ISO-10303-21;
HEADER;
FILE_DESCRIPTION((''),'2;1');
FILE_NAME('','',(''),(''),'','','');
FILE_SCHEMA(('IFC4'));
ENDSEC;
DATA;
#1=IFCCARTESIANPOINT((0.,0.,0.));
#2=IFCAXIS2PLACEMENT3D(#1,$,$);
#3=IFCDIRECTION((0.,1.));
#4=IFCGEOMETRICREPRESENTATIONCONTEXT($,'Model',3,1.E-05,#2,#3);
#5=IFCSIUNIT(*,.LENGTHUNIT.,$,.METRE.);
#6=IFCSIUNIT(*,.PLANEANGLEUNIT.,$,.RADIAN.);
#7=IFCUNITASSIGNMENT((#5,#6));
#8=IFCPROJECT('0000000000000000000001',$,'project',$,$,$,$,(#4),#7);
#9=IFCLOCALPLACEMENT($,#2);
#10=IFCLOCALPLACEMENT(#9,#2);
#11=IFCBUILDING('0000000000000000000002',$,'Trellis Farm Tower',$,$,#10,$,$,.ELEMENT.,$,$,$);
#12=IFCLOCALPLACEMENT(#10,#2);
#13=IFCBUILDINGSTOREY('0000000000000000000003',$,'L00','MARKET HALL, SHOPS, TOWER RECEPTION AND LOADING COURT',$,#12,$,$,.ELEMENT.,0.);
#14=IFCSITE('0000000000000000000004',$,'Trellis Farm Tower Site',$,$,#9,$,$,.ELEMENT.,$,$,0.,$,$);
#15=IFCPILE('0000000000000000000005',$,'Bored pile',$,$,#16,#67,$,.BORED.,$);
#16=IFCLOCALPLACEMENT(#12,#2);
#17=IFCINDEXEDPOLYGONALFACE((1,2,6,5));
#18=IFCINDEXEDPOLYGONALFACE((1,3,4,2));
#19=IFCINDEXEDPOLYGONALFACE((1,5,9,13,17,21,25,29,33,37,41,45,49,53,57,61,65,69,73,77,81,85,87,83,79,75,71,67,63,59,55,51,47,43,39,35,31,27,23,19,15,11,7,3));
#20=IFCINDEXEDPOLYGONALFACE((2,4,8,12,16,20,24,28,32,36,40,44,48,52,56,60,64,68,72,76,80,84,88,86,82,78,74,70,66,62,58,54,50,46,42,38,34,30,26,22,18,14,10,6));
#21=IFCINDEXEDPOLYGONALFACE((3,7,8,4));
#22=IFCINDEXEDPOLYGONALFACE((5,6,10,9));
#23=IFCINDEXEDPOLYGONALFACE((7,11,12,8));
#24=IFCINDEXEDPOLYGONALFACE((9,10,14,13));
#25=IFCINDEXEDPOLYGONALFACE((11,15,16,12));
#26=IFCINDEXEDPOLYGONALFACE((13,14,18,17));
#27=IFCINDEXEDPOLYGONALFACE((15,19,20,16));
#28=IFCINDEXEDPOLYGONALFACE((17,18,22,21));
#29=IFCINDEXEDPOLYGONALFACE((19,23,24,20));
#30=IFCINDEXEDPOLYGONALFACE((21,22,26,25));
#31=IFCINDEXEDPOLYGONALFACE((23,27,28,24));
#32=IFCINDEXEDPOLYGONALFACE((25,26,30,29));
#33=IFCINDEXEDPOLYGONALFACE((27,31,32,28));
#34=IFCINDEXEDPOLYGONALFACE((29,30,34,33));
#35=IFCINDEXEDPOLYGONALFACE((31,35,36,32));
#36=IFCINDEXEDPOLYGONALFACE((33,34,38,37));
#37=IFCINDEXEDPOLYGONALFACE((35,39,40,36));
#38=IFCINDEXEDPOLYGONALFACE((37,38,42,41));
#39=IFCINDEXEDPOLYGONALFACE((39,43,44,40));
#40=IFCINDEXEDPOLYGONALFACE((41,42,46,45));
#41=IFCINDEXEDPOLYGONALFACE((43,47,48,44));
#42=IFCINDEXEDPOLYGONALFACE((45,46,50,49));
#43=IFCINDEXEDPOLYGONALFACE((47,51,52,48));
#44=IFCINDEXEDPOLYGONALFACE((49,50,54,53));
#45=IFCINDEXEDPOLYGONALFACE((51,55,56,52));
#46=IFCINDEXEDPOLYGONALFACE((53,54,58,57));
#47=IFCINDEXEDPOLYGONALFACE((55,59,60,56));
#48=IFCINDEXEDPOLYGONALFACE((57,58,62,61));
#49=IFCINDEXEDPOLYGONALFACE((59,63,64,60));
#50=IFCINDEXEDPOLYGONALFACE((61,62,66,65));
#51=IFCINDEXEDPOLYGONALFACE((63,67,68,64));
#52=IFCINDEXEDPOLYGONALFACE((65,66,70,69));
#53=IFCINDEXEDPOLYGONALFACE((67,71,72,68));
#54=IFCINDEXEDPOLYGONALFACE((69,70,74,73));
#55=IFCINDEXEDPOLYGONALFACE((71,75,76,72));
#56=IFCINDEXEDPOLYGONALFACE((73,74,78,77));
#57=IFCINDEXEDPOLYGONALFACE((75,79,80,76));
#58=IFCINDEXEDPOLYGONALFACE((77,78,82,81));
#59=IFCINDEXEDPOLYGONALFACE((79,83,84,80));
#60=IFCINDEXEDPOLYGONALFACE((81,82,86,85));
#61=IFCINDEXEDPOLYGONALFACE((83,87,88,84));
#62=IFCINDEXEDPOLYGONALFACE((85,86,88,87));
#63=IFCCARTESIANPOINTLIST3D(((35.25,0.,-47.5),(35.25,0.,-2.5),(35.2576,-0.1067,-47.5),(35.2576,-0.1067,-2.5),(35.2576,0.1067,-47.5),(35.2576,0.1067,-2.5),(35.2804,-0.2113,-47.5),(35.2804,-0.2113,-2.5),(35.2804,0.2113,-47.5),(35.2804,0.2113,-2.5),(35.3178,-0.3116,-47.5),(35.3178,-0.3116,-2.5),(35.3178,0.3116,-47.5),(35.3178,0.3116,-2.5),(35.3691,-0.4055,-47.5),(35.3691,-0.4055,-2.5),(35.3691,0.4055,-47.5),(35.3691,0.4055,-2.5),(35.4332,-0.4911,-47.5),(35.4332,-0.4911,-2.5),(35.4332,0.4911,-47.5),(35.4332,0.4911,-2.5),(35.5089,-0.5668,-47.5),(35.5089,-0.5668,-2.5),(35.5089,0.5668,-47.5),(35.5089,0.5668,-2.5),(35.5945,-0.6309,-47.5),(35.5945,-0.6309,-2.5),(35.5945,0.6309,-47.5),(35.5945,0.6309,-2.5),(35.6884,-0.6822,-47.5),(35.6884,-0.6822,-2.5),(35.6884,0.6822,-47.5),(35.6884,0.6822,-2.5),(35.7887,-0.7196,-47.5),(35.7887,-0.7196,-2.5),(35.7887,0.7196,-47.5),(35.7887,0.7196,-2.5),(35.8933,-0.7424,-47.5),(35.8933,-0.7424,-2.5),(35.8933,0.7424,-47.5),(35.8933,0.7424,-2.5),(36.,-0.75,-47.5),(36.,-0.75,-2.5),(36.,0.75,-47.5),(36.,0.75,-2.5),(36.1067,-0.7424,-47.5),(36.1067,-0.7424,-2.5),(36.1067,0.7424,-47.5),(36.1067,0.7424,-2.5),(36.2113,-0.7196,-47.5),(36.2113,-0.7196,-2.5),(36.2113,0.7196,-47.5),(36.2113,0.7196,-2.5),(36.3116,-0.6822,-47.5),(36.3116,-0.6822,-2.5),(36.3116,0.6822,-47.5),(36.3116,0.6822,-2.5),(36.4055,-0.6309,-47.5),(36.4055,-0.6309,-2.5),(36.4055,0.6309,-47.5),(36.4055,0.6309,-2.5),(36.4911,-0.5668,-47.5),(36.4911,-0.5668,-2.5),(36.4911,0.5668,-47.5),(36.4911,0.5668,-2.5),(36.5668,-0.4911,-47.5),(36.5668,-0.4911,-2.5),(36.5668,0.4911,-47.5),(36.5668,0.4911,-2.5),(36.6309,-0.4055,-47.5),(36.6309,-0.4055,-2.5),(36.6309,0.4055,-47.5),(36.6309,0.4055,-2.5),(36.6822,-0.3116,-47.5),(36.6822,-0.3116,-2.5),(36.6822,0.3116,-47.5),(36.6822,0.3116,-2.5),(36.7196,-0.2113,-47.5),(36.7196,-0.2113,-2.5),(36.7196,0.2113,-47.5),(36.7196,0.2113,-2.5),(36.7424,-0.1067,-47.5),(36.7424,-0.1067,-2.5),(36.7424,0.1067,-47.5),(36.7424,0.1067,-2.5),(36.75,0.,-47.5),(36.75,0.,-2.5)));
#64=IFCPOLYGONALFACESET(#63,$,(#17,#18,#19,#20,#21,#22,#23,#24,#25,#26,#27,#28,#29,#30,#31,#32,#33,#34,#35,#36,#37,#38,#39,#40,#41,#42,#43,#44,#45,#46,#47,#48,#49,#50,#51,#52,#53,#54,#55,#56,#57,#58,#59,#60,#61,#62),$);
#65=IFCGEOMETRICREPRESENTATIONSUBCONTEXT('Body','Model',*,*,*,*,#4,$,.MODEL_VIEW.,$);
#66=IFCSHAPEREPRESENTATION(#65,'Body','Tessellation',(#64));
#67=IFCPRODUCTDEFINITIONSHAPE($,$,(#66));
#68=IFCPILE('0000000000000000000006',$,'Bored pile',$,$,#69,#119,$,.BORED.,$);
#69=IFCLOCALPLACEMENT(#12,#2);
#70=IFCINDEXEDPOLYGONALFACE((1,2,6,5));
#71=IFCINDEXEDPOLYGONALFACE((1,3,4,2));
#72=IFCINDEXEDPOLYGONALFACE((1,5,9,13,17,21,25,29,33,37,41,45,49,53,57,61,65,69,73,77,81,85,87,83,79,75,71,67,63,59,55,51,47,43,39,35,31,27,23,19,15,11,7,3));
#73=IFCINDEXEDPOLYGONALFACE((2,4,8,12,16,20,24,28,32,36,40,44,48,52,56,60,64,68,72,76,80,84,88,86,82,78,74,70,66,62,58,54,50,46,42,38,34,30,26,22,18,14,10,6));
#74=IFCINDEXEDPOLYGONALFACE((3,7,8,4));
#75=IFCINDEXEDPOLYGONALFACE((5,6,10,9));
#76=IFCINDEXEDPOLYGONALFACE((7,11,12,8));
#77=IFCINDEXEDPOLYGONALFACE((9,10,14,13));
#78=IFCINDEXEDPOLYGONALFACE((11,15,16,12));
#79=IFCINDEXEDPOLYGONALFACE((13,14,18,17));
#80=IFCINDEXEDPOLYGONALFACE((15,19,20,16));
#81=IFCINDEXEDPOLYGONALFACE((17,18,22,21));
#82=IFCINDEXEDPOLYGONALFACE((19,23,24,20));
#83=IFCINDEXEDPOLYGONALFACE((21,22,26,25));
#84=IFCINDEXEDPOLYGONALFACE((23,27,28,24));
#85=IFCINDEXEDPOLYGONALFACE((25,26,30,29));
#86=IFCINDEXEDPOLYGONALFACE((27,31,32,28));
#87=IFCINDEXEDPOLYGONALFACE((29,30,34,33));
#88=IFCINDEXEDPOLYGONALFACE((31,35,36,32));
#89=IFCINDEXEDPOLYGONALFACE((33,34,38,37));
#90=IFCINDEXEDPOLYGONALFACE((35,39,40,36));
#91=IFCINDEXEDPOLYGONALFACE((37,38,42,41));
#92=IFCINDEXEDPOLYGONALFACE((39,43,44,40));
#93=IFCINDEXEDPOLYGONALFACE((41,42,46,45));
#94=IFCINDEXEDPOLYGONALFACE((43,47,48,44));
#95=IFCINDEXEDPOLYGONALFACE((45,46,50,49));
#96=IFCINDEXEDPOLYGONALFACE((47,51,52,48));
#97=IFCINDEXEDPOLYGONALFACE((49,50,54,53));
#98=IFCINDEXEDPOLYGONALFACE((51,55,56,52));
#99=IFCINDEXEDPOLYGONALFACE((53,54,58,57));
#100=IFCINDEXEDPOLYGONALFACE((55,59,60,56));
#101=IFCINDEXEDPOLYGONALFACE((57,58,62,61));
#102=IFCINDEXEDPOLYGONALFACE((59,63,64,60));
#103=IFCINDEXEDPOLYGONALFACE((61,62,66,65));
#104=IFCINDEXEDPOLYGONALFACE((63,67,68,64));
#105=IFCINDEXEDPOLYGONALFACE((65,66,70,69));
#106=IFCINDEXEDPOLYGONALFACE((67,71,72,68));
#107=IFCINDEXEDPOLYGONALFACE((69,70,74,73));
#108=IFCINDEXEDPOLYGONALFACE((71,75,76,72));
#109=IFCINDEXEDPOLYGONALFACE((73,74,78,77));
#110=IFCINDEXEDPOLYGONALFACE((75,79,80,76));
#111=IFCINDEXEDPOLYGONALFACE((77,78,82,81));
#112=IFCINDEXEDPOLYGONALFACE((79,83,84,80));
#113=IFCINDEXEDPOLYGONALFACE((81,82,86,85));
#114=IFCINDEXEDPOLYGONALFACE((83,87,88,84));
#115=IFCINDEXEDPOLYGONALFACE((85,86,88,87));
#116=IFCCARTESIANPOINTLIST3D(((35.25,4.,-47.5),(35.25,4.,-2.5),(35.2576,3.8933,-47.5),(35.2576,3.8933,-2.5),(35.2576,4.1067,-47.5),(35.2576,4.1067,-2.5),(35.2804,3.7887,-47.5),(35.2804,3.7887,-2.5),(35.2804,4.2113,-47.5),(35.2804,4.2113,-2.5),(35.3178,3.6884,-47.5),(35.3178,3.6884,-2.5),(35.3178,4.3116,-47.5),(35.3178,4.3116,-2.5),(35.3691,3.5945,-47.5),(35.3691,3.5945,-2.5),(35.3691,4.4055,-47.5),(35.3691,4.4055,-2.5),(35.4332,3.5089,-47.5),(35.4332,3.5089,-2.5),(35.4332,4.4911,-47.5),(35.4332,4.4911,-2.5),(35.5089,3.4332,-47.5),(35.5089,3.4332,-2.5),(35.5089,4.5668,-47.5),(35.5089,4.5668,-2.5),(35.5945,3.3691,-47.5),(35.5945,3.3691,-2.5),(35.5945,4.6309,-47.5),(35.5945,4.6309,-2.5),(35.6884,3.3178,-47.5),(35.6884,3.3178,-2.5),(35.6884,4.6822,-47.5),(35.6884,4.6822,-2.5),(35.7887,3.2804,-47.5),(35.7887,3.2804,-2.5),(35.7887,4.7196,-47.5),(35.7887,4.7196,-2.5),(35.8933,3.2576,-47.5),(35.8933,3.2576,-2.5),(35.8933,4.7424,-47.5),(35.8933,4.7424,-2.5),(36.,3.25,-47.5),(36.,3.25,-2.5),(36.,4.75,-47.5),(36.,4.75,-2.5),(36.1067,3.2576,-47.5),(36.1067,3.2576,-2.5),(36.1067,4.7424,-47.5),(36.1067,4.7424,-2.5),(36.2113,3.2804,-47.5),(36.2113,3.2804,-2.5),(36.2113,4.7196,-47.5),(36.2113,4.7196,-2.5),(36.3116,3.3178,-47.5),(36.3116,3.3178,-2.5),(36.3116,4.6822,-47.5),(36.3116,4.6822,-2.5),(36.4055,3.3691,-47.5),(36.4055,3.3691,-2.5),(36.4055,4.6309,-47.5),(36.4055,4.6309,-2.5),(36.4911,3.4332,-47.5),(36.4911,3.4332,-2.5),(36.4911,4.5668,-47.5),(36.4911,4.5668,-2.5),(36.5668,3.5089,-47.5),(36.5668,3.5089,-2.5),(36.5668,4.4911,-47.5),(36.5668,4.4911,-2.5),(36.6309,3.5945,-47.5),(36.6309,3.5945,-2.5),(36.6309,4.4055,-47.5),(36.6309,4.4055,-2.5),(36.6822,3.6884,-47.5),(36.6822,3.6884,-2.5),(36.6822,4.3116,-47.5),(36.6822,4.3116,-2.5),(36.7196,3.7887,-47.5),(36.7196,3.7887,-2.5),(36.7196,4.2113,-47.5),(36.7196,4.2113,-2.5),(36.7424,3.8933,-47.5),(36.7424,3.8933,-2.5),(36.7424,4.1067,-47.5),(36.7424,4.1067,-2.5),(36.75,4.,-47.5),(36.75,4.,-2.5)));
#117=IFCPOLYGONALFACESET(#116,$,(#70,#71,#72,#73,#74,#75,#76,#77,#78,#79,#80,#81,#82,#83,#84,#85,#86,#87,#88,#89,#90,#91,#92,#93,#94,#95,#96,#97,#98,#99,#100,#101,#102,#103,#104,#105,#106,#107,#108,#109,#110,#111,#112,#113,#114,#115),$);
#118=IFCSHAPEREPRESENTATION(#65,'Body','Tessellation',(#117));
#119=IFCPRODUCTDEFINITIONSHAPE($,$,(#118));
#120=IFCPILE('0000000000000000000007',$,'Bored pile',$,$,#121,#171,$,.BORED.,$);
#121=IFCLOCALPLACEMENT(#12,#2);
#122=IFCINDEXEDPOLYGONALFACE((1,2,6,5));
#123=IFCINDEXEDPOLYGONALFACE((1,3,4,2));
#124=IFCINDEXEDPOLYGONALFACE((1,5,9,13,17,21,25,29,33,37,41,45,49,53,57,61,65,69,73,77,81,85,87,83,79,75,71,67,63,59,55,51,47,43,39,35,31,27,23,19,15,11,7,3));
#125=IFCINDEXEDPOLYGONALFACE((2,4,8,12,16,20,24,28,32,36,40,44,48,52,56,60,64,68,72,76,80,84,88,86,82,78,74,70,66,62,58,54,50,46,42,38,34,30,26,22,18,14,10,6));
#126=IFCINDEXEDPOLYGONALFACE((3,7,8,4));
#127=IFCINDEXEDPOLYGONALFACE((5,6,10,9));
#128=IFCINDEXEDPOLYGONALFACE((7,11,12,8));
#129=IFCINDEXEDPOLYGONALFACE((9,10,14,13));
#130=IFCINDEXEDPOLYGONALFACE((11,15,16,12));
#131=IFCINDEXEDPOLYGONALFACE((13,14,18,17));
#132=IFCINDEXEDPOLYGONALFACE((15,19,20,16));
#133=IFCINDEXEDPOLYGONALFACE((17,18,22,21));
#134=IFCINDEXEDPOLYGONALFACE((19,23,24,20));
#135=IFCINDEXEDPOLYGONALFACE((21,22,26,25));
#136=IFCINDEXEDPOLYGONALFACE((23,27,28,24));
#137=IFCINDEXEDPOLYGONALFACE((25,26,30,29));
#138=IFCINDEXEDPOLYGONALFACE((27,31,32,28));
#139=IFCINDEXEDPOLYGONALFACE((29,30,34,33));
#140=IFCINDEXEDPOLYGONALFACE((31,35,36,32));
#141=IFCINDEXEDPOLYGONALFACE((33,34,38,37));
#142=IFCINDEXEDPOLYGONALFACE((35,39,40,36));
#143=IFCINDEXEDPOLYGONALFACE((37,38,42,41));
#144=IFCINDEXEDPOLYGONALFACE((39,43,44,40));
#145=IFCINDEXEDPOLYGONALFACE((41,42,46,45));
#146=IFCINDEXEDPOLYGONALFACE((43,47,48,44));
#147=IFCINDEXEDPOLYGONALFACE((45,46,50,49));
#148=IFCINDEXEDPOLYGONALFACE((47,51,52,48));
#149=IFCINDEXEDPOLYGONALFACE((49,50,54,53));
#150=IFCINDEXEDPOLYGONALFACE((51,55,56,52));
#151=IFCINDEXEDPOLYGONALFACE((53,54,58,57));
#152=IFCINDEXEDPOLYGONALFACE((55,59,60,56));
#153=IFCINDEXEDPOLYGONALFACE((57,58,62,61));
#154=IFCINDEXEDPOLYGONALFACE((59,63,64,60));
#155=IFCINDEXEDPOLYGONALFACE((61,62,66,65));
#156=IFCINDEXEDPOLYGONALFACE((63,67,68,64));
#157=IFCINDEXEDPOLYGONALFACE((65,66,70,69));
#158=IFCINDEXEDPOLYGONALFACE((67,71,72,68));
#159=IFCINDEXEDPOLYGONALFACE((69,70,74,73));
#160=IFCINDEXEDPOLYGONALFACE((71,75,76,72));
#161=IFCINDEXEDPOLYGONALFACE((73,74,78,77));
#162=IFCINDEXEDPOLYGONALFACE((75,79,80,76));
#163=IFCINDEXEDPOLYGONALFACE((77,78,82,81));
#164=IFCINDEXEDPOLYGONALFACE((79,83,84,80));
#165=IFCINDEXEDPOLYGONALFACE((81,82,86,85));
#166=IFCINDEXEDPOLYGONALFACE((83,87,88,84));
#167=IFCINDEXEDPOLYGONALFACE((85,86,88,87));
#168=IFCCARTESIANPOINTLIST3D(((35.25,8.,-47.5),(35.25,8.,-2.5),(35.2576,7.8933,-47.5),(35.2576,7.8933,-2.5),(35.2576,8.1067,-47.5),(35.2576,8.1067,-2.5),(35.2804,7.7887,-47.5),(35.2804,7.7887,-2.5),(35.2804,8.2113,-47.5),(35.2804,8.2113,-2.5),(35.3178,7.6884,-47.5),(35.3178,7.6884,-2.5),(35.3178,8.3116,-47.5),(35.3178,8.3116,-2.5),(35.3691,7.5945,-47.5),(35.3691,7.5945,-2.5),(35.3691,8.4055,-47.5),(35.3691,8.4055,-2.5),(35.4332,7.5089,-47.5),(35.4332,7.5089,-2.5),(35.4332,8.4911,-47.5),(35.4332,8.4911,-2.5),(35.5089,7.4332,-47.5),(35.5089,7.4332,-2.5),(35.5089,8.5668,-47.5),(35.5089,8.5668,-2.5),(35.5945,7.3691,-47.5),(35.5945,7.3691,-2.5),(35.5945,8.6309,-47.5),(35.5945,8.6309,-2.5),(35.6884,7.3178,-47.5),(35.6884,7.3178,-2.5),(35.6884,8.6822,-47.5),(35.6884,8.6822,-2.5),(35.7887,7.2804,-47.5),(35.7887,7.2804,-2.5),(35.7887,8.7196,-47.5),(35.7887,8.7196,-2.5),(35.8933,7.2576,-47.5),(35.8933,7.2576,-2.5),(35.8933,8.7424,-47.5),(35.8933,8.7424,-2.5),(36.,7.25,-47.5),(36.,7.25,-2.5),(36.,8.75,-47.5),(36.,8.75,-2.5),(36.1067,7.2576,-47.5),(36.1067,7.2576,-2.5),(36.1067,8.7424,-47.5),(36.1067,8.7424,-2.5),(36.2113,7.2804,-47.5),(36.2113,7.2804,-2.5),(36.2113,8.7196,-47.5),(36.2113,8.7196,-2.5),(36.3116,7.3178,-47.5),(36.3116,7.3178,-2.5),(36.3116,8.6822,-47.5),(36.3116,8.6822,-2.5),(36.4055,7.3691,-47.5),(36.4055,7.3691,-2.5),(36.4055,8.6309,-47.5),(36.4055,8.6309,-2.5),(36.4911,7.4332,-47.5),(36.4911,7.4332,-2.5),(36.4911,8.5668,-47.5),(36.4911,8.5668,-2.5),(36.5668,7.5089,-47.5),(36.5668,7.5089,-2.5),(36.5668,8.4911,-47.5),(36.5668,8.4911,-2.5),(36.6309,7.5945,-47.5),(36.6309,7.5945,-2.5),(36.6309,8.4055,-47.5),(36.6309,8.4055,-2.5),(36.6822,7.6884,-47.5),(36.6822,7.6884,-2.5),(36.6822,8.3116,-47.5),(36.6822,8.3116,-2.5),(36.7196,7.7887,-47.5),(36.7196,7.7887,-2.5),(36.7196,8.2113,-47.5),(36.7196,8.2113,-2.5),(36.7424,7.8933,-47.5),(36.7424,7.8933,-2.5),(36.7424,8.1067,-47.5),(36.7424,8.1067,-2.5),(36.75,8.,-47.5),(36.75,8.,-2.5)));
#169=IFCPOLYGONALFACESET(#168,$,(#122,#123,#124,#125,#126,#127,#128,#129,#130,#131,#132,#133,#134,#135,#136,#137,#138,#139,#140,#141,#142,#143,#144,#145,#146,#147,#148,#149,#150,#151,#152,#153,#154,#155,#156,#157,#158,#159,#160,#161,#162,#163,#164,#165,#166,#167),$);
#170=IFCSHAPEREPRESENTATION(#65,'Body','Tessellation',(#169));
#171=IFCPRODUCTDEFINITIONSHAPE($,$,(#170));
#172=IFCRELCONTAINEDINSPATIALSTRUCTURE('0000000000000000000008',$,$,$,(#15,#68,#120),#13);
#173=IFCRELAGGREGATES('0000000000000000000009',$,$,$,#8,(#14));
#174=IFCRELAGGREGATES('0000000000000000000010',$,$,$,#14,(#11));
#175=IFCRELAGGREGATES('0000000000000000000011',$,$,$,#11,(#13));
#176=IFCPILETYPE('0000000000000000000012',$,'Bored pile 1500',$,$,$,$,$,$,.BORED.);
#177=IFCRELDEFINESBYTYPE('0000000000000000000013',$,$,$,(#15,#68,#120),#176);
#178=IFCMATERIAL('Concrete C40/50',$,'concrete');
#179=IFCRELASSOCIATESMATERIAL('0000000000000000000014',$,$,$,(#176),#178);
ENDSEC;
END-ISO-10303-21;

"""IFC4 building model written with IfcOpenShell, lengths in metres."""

from ifc_helpers import new_model, si_unit, direction, frame, origin, origin_2d, place, context, subcontext, project, spatial, circle, extrude, source, transform, mapped, material, material_profile, profile_set, type_object, element, save


model = new_model("IFC4")

# Units and contexts
model_context = context("Model", 3, precision=1e-05, world=origin(), true_north=direction((0.0, 1.0)))
body_context = subcontext(model_context, "Body", "Model", "MODEL_VIEW")
ifc_project = project(units=[si_unit("LENGTHUNIT", "METRE"), si_unit("PLANEANGLEUNIT", "RADIAN")], contexts=[model_context])

# Site, building, storey
site_placement = place(None, origin())
site = spatial("IfcSite", under=ifc_project, at=site_placement, Name="Trellis Farm Tower Site", CompositionType="ELEMENT", RefElevation=0.0)
building_placement = place(site_placement, origin())
building = spatial("IfcBuilding", under=site, at=building_placement, Name="Trellis Farm Tower", CompositionType="ELEMENT")
storey_placement = place(building_placement, origin())
storey = spatial("IfcBuildingStorey", under=building, at=storey_placement, Name="L00", Description="MARKET HALL, SHOPS, TOWER RECEPTION AND LOADING COURT", CompositionType="ELEMENT", Elevation=0.0)

# Piles
ifc_material_1 = material(Name="Concrete C40/50", Category="concrete")
ifc_material_profile_1 = material_profile(ifc_material_1, circle(Radius=0.75, at=origin_2d()), Name="Bored pile 1500")
ifc_profile_set_1 = profile_set([ifc_material_profile_1], Name="Concrete C40/50")
pile_type = type_object("IfcPileType", Name="Bored pile 1500", PredefinedType="BORED", material=ifc_profile_set_1)
shared_shape_1 = source(origin(), body_context, "Body", "SweptSolid", [
    extrude(circle(Radius=0.75, at=origin_2d()), origin(), (0.0, 0.0, 1.0), 45.0),
])
for number, where, z_axis, x_axis, name in (
    (1, (36.0, 0.0, -2.5), (0.0, 0.0, -1.0), (1.0, 0.0, 0.0), "Bored pile"),
    (2, (36.0, 4.0, -2.5), (0.0, 0.0, -1.0), (1.0, 0.0, 0.0), "Bored pile"),
    (3, (36.0, 8.0, -2.5), (0.0, 0.0, -1.0), (1.0, 0.0, 0.0), "Bored pile"),
):
    element("IfcPile", number, at=place(storey_placement, frame(where, z_axis=z_axis, x_axis=x_axis)), inside=storey, type_object=pile_type, Name=name, PredefinedType="BORED", context=body_context, shape_type="MappedRepresentation", body=[
        mapped(shared_shape_1, transform((0.0, 0.0, 0.0))),
    ])

save(model, "model.ifc")
